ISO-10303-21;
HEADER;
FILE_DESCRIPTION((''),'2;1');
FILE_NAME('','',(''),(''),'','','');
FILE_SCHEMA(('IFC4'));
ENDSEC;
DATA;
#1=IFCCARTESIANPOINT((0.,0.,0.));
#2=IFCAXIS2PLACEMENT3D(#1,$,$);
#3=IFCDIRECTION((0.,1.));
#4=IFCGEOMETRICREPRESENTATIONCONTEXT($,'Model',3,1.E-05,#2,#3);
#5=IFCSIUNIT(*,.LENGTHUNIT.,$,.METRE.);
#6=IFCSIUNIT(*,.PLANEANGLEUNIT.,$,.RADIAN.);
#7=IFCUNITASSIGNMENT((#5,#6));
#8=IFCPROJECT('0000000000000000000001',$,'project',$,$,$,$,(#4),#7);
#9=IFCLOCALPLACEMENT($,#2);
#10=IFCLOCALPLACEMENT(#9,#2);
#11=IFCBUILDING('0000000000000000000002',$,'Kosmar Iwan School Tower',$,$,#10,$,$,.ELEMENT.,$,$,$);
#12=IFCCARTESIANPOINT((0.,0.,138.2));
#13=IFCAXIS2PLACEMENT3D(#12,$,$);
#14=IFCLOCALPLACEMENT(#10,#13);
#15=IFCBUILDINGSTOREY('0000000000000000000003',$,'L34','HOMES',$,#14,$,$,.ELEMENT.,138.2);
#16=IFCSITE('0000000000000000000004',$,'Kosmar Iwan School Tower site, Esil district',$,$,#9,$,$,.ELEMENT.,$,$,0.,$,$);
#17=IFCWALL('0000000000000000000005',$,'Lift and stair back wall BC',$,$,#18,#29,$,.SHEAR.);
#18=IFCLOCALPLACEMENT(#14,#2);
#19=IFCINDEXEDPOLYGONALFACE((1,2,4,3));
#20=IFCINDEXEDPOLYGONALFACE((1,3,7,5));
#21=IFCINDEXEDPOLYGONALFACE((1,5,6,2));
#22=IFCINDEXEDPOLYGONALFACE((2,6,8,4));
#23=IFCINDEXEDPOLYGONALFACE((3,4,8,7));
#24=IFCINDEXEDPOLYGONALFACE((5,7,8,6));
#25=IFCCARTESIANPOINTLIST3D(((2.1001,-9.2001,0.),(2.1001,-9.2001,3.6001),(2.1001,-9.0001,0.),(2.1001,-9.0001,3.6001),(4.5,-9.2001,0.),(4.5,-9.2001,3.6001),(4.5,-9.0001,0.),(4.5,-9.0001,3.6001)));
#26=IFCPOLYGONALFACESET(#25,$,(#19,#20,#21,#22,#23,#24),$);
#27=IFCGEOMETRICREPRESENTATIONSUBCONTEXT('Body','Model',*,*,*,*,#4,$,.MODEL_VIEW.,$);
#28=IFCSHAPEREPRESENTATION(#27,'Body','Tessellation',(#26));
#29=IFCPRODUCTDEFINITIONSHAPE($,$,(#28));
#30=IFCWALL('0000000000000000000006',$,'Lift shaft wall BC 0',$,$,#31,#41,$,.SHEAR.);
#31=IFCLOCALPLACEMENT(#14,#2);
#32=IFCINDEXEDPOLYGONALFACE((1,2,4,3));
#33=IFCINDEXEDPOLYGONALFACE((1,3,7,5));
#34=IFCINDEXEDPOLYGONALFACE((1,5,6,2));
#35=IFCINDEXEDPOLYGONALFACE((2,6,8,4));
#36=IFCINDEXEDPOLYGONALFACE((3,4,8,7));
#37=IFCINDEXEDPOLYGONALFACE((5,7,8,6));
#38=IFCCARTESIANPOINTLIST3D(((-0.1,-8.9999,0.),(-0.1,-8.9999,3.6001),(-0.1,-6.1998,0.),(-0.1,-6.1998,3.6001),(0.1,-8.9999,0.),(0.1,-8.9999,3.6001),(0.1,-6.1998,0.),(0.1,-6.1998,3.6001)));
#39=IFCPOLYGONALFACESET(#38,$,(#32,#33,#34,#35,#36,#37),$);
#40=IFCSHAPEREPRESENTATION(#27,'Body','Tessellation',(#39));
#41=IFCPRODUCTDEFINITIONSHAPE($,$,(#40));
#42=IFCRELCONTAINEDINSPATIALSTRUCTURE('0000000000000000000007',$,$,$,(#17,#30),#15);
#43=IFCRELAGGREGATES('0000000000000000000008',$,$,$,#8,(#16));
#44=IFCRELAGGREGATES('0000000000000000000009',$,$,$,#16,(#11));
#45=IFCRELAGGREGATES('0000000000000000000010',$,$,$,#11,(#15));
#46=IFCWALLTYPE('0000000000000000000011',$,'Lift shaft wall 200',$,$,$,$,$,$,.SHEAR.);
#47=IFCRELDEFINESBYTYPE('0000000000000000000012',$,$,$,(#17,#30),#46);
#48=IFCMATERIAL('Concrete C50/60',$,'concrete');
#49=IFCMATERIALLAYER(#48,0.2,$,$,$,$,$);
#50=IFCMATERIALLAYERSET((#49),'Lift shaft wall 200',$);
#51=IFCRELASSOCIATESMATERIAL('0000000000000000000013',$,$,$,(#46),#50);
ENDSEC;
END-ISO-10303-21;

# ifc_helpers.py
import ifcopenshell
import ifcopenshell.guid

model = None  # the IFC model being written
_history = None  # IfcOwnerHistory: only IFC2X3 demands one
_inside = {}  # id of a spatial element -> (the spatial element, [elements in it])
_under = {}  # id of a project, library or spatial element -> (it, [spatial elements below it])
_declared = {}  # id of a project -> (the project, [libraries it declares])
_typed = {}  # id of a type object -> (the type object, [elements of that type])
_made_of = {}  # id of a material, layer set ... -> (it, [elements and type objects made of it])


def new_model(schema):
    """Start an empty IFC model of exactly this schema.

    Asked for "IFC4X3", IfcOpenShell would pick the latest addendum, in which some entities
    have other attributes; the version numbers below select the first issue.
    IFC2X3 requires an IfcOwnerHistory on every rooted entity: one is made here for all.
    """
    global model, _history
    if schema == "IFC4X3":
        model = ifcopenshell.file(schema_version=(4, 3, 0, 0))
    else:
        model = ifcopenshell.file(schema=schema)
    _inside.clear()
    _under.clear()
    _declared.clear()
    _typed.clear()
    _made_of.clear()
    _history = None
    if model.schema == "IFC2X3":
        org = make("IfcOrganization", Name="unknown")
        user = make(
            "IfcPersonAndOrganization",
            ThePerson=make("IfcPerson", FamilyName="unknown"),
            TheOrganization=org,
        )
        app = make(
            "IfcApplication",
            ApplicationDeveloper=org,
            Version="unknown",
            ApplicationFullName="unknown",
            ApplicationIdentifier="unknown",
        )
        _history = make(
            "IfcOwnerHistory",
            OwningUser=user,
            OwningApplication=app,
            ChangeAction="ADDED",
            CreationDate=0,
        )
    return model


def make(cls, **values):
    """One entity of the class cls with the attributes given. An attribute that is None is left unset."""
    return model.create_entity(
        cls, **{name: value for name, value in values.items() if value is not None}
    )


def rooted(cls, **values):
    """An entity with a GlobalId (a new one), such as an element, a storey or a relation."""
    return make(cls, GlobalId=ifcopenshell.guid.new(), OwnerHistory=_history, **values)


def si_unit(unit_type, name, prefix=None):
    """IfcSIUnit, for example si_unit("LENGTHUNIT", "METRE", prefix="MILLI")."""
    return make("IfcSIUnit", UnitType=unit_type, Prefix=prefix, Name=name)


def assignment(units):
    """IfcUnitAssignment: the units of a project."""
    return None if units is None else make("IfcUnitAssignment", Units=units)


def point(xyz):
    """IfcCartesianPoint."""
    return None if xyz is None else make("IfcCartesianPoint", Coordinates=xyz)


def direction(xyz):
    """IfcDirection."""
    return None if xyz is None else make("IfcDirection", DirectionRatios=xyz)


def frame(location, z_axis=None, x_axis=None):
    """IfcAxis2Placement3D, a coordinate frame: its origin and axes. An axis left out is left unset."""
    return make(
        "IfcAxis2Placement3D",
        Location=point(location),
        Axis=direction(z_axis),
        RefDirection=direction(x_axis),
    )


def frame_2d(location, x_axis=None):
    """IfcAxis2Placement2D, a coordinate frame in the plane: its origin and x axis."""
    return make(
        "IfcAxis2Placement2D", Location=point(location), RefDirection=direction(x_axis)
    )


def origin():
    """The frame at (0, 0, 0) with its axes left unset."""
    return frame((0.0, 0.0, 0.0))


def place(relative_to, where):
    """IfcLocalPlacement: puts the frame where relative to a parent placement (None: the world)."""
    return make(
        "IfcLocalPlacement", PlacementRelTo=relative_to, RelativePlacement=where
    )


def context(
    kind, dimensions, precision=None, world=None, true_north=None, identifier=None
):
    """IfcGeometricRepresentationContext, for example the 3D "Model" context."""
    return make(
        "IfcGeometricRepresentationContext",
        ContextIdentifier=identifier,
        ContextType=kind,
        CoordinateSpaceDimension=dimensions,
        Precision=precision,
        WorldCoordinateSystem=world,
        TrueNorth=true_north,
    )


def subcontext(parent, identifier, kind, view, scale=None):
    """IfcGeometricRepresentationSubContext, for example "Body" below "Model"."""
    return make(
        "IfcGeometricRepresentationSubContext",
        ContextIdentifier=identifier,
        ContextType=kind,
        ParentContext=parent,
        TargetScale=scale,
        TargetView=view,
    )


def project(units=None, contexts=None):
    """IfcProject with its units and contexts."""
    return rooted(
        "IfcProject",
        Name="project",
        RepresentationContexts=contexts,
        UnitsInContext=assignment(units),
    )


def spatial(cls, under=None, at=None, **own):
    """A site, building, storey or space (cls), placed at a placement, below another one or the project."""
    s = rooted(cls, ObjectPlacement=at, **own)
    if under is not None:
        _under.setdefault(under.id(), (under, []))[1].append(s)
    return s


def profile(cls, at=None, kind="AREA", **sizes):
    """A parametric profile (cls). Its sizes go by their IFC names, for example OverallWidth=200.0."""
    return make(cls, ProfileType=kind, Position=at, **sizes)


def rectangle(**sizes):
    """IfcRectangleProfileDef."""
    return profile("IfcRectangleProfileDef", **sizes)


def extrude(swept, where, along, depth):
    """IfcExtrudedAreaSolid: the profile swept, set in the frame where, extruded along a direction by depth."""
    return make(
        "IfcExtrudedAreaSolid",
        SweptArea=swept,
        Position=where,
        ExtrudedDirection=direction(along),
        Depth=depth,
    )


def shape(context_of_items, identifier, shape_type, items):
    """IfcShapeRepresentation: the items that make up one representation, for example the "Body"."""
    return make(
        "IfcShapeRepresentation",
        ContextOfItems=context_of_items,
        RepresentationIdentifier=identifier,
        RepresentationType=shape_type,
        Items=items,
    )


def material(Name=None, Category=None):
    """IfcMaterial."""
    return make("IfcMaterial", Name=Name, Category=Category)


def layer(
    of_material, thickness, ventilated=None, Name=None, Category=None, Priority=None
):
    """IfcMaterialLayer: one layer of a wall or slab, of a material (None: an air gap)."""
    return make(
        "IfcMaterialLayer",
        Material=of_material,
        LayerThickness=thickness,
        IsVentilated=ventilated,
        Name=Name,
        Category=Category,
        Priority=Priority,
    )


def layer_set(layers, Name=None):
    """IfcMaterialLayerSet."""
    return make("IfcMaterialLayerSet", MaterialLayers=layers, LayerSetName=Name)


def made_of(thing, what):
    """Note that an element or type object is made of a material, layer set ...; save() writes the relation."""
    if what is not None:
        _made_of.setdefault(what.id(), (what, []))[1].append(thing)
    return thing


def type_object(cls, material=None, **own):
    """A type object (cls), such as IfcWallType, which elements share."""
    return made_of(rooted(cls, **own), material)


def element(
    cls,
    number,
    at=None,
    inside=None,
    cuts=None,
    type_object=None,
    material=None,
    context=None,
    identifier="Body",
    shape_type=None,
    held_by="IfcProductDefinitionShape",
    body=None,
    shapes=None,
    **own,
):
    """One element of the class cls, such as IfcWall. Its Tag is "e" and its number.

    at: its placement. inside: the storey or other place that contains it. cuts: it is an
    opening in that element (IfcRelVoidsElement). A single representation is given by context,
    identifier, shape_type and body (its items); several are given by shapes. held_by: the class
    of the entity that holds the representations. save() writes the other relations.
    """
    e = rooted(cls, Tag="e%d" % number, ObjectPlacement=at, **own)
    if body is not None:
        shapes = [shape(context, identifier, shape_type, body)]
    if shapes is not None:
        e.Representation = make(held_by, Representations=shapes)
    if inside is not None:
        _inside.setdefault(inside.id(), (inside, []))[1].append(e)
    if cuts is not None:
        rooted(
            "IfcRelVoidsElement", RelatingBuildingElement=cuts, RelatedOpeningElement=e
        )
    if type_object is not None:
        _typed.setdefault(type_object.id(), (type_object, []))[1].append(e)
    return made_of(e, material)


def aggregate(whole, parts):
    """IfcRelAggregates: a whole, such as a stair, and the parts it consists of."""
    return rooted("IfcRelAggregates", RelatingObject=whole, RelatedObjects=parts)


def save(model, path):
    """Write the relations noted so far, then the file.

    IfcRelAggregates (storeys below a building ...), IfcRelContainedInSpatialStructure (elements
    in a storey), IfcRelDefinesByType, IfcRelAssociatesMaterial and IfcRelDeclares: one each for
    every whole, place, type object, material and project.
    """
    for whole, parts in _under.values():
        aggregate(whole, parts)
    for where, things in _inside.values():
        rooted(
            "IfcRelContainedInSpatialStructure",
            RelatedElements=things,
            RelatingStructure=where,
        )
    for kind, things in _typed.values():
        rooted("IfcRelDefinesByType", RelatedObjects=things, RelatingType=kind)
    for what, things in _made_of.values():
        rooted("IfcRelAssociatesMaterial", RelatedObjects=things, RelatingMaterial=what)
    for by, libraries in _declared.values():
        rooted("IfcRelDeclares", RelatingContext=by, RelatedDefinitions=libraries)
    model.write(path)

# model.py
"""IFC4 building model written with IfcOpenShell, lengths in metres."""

from ifc_helpers import new_model, si_unit, direction, frame, frame_2d, origin, place, context, subcontext, project, spatial, rectangle, extrude, material, layer, layer_set, type_object, element, save


model = new_model("IFC4")

# Units and contexts
model_context = context("Model", 3, precision=1e-05, world=origin(), true_north=direction((0.0, 1.0)))
body_context = subcontext(model_context, "Body", "Model", "MODEL_VIEW")
ifc_project = project(units=[si_unit("LENGTHUNIT", "METRE"), si_unit("PLANEANGLEUNIT", "RADIAN")], contexts=[model_context])

# Site, building, storey
site_placement = place(None, origin())
site = spatial("IfcSite", under=ifc_project, at=site_placement, Name="Kosmar Iwan School Tower site, Esil district", CompositionType="ELEMENT", RefElevation=0.0)
building_placement = place(site_placement, origin())
building = spatial("IfcBuilding", under=site, at=building_placement, Name="Kosmar Iwan School Tower", CompositionType="ELEMENT")
storey_placement = place(building_placement, frame((0.0, 0.0, 138.2)))
storey = spatial("IfcBuildingStorey", under=building, at=storey_placement, Name="L34", Description="HOMES", CompositionType="ELEMENT", Elevation=138.2)

# Walls
ifc_material_1 = material(Name="Concrete C50/60", Category="concrete")
ifc_layer_1 = layer(ifc_material_1, 0.2)
ifc_layer_set_1 = layer_set([ifc_layer_1], Name="Lift shaft wall 200")
wall_type_1 = type_object("IfcWallType", Name="Lift shaft wall 200", PredefinedType="SHEAR", material=ifc_layer_set_1)
wall_1_placement = place(storey_placement, frame((2.1001, -9.1001, 0.0), z_axis=(0.0, 0.0, 1.0), x_axis=(1.0, 0.0, 0.0)))
element("IfcWall", 1, at=wall_1_placement, inside=storey, type_object=wall_type_1, Name="Lift and stair back wall BC", PredefinedType="SHEAR", context=body_context, shape_type="SweptSolid", body=[
    extrude(rectangle(XDim=2.3999, YDim=0.2, at=frame_2d((1.2, 0.0))), origin(), (0.0, 0.0, 1.0), 3.6001),
])
wall_2_placement = place(storey_placement, frame((0.0, -6.2, 0.0), z_axis=(0.0, 0.0, 1.0), x_axis=(0.0, -1.0, 0.0)))
element("IfcWall", 2, at=wall_2_placement, inside=storey, type_object=wall_type_1, Name="Lift shaft wall BC 0", PredefinedType="SHEAR", context=body_context, shape_type="SweptSolid", body=[
    extrude(rectangle(XDim=2.8, YDim=0.2, at=frame_2d((1.3999, 0.0))), origin(), (0.0, 0.0, 1.0), 3.6001),
])

save(model, "model.ifc")
